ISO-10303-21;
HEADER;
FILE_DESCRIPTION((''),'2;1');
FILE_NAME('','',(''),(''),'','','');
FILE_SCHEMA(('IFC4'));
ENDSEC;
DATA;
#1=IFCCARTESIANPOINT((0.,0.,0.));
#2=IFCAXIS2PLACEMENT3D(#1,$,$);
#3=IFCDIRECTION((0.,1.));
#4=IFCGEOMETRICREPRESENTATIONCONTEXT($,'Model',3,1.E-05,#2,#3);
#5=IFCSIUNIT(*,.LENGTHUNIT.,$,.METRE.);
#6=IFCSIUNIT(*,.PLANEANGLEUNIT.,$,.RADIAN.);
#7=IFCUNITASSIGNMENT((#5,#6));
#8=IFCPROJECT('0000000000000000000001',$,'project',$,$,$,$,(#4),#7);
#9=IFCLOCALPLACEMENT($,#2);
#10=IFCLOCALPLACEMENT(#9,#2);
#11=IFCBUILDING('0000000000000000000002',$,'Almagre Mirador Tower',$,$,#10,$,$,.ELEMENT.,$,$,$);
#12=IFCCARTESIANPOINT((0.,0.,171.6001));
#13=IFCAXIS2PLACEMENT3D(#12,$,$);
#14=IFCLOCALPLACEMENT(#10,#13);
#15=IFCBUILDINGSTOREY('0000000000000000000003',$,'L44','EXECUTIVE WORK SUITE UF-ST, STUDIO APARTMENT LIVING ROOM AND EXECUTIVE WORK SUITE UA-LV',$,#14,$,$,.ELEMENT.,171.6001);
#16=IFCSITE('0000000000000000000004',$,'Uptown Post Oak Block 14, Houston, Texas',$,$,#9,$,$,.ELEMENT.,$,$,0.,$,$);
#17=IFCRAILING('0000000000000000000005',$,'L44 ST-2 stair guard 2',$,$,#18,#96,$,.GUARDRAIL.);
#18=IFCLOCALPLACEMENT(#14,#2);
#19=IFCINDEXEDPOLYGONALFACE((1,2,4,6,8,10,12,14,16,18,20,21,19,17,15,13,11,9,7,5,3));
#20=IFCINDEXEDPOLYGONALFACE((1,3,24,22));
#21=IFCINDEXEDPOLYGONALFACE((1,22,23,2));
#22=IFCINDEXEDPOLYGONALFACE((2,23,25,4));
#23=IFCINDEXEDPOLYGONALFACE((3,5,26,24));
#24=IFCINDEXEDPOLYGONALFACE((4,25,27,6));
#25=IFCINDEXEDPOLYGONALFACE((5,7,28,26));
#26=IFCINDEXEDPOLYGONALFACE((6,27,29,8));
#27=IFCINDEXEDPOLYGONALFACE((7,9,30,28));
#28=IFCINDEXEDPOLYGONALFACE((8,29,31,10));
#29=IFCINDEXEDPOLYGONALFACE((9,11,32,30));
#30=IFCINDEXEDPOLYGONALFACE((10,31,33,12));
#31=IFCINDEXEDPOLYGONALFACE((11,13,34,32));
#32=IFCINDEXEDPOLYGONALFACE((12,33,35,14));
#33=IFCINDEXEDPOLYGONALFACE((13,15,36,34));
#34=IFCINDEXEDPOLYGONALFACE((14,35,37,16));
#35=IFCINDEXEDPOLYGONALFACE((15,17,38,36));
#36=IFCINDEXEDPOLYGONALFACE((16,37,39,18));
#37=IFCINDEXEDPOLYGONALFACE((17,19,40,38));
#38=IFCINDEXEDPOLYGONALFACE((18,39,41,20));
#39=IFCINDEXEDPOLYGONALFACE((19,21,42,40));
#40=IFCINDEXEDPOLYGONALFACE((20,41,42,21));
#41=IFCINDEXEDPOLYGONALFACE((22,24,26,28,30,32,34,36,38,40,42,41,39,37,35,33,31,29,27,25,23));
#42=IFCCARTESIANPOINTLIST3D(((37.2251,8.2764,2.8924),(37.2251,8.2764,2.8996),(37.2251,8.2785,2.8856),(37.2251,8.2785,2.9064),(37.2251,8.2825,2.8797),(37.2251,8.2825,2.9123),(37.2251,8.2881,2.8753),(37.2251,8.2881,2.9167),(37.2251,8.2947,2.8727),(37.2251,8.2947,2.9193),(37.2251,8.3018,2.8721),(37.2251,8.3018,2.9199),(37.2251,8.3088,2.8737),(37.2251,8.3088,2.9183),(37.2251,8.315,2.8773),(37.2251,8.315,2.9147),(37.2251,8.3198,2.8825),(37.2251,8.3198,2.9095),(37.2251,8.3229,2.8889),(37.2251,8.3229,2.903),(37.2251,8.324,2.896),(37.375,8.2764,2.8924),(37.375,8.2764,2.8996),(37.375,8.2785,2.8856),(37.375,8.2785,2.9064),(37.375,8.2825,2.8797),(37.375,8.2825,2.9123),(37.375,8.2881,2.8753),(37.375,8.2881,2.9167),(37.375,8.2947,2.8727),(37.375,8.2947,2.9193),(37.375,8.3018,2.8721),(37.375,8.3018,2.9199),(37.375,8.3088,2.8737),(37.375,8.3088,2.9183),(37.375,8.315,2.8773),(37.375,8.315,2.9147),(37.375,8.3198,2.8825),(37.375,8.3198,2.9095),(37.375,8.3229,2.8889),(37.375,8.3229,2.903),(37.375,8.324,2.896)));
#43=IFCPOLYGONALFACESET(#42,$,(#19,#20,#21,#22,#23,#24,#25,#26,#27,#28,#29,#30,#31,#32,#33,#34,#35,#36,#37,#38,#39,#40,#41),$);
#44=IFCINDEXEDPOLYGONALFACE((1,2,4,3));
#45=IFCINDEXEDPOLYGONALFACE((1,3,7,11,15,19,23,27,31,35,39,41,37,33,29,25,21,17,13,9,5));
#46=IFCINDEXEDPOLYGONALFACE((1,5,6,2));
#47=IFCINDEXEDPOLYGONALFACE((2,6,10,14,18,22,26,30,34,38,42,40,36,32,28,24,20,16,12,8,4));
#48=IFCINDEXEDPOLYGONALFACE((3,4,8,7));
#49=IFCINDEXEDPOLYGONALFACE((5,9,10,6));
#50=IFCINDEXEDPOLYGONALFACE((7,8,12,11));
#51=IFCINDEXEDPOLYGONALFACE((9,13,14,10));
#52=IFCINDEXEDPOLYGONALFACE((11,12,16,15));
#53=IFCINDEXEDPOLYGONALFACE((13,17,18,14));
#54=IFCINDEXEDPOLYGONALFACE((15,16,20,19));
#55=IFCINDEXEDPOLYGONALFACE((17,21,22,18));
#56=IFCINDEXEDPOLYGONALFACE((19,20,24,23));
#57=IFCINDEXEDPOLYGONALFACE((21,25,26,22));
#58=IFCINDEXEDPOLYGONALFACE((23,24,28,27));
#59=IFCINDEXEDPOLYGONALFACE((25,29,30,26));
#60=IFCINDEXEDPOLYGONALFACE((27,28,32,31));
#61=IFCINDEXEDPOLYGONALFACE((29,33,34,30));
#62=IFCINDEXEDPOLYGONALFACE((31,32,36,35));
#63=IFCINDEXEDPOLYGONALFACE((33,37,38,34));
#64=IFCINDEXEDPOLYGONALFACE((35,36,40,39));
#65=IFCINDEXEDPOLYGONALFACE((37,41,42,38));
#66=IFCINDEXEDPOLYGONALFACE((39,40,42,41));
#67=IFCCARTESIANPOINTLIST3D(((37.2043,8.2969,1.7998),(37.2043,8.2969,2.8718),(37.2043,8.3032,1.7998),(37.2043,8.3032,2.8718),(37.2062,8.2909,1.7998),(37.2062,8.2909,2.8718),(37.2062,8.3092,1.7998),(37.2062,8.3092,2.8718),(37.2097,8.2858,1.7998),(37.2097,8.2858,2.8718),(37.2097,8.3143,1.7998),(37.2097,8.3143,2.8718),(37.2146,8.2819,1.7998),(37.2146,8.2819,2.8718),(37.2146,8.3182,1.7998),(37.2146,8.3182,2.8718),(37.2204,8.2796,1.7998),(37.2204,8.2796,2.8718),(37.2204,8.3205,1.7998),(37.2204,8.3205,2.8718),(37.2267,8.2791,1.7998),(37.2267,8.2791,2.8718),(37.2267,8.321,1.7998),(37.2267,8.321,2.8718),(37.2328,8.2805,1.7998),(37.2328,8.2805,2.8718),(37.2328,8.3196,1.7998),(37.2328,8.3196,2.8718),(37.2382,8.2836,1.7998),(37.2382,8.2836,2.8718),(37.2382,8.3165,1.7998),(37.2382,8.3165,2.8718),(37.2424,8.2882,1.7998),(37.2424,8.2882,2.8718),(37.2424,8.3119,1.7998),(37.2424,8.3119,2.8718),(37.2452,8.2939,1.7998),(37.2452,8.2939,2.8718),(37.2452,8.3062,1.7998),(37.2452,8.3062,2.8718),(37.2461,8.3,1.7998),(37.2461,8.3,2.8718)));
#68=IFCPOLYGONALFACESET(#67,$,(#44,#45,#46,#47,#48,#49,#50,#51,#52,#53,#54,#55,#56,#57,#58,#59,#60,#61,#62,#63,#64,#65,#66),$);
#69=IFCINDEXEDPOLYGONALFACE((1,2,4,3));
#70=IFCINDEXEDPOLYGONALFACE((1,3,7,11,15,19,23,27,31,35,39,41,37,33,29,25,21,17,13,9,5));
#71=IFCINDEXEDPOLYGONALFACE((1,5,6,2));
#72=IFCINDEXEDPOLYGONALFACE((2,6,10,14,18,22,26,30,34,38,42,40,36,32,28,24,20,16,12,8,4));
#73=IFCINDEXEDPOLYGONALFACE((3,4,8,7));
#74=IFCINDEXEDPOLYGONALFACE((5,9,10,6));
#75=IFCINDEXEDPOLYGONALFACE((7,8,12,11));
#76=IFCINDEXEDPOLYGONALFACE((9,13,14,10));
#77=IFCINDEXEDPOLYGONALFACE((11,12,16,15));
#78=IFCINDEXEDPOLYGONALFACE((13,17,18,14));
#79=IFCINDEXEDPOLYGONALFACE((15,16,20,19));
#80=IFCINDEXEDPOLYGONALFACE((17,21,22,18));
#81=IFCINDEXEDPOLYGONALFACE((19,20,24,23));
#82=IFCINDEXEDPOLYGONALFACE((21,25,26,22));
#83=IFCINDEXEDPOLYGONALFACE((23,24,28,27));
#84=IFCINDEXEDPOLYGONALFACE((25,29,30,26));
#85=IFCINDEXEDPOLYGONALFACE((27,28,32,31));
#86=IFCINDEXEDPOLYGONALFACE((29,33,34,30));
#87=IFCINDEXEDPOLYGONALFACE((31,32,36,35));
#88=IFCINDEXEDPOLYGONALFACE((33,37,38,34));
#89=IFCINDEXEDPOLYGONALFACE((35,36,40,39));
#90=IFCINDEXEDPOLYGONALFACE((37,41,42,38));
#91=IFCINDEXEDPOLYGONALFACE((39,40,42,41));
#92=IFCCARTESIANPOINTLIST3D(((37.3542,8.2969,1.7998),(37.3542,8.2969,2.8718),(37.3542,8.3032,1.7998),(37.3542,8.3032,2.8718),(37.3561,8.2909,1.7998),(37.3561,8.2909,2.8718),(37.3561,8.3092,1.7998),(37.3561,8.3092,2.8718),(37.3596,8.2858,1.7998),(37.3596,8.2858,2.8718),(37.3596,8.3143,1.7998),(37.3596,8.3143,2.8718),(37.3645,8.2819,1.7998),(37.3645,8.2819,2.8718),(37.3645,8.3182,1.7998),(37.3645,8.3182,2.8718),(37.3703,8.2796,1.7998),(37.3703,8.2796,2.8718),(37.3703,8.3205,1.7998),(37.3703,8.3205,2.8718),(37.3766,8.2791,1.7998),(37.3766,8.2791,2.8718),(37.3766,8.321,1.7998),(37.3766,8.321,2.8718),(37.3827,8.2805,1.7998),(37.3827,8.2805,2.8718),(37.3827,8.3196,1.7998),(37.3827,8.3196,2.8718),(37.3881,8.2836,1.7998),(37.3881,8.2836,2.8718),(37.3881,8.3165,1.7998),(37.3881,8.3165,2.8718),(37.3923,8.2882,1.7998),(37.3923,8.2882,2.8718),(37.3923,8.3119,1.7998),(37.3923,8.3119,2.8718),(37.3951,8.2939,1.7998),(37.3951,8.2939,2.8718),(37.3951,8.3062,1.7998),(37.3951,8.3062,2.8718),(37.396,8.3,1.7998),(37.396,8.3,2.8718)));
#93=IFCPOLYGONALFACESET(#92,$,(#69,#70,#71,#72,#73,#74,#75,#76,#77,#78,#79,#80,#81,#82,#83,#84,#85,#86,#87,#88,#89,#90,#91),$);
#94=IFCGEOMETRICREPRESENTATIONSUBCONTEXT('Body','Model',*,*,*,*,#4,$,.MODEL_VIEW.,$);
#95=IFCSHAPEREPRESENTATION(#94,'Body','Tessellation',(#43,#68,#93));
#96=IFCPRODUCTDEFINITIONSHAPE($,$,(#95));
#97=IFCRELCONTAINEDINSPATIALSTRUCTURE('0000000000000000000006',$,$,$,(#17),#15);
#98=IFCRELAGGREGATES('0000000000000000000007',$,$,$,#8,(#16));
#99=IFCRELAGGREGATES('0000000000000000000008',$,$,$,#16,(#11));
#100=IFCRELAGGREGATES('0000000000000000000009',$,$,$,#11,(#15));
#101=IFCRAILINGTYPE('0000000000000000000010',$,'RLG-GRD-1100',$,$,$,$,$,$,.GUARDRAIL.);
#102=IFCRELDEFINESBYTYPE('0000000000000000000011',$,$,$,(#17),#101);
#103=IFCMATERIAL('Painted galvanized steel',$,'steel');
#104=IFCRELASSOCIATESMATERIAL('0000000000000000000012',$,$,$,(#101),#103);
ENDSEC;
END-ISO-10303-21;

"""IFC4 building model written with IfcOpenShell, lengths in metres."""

from ifc_helpers import new_model, si_unit, direction, frame, origin, origin_2d, place, context, subcontext, project, spatial, circle, extrude, material, type_object, element, save


model = new_model("IFC4")

# Units and contexts
model_context = context("Model", 3, precision=1e-05, world=origin(), true_north=direction((0.0, 1.0)))
body_context = subcontext(model_context, "Body", "Model", "MODEL_VIEW")
ifc_project = project(units=[si_unit("LENGTHUNIT", "METRE"), si_unit("PLANEANGLEUNIT", "RADIAN")], contexts=[model_context])

# Site, building, storey
site_placement = place(None, origin())
site = spatial("IfcSite", under=ifc_project, at=site_placement, Name="Uptown Post Oak Block 14, Houston, Texas", CompositionType="ELEMENT", RefElevation=0.0)
building_placement = place(site_placement, origin())
building = spatial("IfcBuilding", under=site, at=building_placement, Name="Almagre Mirador Tower", CompositionType="ELEMENT")
storey_placement = place(building_placement, frame((0.0, 0.0, 171.6001)))
storey = spatial("IfcBuildingStorey", under=building, at=storey_placement, Name="L44", Description="EXECUTIVE WORK SUITE UF-ST, STUDIO APARTMENT LIVING ROOM AND EXECUTIVE WORK SUITE UA-LV", CompositionType="ELEMENT", Elevation=171.6001)

# Railing
ifc_material_1 = material(Name="Painted galvanized steel", Category="steel")
railing_type_1 = type_object("IfcRailingType", Name="RLG-GRD-1100", PredefinedType="GUARDRAIL", material=ifc_material_1)
railing_1_placement = place(storey_placement, frame((37.2251, 8.3, 1.7998)))
element("IfcRailing", 1, at=railing_1_placement, inside=storey, type_object=railing_type_1, Name="L44 ST-2 stair guard 2", PredefinedType="GUARDRAIL", context=body_context, shape_type="SweptSolid", body=[
    extrude(circle(Radius=0.0239, at=origin_2d()), frame((0.0, 0.0, 1.0962), z_axis=(1.0, 0.0, 0.0), x_axis=(0.0, 1.0, 0.0)), (0.0, 0.0, 1.0), 0.1499),
    extrude(circle(Radius=0.021, at=origin_2d()), origin(), (0.0, 0.0, 1.0), 1.072),
    extrude(circle(Radius=0.021, at=origin_2d()), frame((0.1499, 0.0, 0.0)), (0.0, 0.0, 1.0), 1.072),
])

save(model, "model.ifc")
